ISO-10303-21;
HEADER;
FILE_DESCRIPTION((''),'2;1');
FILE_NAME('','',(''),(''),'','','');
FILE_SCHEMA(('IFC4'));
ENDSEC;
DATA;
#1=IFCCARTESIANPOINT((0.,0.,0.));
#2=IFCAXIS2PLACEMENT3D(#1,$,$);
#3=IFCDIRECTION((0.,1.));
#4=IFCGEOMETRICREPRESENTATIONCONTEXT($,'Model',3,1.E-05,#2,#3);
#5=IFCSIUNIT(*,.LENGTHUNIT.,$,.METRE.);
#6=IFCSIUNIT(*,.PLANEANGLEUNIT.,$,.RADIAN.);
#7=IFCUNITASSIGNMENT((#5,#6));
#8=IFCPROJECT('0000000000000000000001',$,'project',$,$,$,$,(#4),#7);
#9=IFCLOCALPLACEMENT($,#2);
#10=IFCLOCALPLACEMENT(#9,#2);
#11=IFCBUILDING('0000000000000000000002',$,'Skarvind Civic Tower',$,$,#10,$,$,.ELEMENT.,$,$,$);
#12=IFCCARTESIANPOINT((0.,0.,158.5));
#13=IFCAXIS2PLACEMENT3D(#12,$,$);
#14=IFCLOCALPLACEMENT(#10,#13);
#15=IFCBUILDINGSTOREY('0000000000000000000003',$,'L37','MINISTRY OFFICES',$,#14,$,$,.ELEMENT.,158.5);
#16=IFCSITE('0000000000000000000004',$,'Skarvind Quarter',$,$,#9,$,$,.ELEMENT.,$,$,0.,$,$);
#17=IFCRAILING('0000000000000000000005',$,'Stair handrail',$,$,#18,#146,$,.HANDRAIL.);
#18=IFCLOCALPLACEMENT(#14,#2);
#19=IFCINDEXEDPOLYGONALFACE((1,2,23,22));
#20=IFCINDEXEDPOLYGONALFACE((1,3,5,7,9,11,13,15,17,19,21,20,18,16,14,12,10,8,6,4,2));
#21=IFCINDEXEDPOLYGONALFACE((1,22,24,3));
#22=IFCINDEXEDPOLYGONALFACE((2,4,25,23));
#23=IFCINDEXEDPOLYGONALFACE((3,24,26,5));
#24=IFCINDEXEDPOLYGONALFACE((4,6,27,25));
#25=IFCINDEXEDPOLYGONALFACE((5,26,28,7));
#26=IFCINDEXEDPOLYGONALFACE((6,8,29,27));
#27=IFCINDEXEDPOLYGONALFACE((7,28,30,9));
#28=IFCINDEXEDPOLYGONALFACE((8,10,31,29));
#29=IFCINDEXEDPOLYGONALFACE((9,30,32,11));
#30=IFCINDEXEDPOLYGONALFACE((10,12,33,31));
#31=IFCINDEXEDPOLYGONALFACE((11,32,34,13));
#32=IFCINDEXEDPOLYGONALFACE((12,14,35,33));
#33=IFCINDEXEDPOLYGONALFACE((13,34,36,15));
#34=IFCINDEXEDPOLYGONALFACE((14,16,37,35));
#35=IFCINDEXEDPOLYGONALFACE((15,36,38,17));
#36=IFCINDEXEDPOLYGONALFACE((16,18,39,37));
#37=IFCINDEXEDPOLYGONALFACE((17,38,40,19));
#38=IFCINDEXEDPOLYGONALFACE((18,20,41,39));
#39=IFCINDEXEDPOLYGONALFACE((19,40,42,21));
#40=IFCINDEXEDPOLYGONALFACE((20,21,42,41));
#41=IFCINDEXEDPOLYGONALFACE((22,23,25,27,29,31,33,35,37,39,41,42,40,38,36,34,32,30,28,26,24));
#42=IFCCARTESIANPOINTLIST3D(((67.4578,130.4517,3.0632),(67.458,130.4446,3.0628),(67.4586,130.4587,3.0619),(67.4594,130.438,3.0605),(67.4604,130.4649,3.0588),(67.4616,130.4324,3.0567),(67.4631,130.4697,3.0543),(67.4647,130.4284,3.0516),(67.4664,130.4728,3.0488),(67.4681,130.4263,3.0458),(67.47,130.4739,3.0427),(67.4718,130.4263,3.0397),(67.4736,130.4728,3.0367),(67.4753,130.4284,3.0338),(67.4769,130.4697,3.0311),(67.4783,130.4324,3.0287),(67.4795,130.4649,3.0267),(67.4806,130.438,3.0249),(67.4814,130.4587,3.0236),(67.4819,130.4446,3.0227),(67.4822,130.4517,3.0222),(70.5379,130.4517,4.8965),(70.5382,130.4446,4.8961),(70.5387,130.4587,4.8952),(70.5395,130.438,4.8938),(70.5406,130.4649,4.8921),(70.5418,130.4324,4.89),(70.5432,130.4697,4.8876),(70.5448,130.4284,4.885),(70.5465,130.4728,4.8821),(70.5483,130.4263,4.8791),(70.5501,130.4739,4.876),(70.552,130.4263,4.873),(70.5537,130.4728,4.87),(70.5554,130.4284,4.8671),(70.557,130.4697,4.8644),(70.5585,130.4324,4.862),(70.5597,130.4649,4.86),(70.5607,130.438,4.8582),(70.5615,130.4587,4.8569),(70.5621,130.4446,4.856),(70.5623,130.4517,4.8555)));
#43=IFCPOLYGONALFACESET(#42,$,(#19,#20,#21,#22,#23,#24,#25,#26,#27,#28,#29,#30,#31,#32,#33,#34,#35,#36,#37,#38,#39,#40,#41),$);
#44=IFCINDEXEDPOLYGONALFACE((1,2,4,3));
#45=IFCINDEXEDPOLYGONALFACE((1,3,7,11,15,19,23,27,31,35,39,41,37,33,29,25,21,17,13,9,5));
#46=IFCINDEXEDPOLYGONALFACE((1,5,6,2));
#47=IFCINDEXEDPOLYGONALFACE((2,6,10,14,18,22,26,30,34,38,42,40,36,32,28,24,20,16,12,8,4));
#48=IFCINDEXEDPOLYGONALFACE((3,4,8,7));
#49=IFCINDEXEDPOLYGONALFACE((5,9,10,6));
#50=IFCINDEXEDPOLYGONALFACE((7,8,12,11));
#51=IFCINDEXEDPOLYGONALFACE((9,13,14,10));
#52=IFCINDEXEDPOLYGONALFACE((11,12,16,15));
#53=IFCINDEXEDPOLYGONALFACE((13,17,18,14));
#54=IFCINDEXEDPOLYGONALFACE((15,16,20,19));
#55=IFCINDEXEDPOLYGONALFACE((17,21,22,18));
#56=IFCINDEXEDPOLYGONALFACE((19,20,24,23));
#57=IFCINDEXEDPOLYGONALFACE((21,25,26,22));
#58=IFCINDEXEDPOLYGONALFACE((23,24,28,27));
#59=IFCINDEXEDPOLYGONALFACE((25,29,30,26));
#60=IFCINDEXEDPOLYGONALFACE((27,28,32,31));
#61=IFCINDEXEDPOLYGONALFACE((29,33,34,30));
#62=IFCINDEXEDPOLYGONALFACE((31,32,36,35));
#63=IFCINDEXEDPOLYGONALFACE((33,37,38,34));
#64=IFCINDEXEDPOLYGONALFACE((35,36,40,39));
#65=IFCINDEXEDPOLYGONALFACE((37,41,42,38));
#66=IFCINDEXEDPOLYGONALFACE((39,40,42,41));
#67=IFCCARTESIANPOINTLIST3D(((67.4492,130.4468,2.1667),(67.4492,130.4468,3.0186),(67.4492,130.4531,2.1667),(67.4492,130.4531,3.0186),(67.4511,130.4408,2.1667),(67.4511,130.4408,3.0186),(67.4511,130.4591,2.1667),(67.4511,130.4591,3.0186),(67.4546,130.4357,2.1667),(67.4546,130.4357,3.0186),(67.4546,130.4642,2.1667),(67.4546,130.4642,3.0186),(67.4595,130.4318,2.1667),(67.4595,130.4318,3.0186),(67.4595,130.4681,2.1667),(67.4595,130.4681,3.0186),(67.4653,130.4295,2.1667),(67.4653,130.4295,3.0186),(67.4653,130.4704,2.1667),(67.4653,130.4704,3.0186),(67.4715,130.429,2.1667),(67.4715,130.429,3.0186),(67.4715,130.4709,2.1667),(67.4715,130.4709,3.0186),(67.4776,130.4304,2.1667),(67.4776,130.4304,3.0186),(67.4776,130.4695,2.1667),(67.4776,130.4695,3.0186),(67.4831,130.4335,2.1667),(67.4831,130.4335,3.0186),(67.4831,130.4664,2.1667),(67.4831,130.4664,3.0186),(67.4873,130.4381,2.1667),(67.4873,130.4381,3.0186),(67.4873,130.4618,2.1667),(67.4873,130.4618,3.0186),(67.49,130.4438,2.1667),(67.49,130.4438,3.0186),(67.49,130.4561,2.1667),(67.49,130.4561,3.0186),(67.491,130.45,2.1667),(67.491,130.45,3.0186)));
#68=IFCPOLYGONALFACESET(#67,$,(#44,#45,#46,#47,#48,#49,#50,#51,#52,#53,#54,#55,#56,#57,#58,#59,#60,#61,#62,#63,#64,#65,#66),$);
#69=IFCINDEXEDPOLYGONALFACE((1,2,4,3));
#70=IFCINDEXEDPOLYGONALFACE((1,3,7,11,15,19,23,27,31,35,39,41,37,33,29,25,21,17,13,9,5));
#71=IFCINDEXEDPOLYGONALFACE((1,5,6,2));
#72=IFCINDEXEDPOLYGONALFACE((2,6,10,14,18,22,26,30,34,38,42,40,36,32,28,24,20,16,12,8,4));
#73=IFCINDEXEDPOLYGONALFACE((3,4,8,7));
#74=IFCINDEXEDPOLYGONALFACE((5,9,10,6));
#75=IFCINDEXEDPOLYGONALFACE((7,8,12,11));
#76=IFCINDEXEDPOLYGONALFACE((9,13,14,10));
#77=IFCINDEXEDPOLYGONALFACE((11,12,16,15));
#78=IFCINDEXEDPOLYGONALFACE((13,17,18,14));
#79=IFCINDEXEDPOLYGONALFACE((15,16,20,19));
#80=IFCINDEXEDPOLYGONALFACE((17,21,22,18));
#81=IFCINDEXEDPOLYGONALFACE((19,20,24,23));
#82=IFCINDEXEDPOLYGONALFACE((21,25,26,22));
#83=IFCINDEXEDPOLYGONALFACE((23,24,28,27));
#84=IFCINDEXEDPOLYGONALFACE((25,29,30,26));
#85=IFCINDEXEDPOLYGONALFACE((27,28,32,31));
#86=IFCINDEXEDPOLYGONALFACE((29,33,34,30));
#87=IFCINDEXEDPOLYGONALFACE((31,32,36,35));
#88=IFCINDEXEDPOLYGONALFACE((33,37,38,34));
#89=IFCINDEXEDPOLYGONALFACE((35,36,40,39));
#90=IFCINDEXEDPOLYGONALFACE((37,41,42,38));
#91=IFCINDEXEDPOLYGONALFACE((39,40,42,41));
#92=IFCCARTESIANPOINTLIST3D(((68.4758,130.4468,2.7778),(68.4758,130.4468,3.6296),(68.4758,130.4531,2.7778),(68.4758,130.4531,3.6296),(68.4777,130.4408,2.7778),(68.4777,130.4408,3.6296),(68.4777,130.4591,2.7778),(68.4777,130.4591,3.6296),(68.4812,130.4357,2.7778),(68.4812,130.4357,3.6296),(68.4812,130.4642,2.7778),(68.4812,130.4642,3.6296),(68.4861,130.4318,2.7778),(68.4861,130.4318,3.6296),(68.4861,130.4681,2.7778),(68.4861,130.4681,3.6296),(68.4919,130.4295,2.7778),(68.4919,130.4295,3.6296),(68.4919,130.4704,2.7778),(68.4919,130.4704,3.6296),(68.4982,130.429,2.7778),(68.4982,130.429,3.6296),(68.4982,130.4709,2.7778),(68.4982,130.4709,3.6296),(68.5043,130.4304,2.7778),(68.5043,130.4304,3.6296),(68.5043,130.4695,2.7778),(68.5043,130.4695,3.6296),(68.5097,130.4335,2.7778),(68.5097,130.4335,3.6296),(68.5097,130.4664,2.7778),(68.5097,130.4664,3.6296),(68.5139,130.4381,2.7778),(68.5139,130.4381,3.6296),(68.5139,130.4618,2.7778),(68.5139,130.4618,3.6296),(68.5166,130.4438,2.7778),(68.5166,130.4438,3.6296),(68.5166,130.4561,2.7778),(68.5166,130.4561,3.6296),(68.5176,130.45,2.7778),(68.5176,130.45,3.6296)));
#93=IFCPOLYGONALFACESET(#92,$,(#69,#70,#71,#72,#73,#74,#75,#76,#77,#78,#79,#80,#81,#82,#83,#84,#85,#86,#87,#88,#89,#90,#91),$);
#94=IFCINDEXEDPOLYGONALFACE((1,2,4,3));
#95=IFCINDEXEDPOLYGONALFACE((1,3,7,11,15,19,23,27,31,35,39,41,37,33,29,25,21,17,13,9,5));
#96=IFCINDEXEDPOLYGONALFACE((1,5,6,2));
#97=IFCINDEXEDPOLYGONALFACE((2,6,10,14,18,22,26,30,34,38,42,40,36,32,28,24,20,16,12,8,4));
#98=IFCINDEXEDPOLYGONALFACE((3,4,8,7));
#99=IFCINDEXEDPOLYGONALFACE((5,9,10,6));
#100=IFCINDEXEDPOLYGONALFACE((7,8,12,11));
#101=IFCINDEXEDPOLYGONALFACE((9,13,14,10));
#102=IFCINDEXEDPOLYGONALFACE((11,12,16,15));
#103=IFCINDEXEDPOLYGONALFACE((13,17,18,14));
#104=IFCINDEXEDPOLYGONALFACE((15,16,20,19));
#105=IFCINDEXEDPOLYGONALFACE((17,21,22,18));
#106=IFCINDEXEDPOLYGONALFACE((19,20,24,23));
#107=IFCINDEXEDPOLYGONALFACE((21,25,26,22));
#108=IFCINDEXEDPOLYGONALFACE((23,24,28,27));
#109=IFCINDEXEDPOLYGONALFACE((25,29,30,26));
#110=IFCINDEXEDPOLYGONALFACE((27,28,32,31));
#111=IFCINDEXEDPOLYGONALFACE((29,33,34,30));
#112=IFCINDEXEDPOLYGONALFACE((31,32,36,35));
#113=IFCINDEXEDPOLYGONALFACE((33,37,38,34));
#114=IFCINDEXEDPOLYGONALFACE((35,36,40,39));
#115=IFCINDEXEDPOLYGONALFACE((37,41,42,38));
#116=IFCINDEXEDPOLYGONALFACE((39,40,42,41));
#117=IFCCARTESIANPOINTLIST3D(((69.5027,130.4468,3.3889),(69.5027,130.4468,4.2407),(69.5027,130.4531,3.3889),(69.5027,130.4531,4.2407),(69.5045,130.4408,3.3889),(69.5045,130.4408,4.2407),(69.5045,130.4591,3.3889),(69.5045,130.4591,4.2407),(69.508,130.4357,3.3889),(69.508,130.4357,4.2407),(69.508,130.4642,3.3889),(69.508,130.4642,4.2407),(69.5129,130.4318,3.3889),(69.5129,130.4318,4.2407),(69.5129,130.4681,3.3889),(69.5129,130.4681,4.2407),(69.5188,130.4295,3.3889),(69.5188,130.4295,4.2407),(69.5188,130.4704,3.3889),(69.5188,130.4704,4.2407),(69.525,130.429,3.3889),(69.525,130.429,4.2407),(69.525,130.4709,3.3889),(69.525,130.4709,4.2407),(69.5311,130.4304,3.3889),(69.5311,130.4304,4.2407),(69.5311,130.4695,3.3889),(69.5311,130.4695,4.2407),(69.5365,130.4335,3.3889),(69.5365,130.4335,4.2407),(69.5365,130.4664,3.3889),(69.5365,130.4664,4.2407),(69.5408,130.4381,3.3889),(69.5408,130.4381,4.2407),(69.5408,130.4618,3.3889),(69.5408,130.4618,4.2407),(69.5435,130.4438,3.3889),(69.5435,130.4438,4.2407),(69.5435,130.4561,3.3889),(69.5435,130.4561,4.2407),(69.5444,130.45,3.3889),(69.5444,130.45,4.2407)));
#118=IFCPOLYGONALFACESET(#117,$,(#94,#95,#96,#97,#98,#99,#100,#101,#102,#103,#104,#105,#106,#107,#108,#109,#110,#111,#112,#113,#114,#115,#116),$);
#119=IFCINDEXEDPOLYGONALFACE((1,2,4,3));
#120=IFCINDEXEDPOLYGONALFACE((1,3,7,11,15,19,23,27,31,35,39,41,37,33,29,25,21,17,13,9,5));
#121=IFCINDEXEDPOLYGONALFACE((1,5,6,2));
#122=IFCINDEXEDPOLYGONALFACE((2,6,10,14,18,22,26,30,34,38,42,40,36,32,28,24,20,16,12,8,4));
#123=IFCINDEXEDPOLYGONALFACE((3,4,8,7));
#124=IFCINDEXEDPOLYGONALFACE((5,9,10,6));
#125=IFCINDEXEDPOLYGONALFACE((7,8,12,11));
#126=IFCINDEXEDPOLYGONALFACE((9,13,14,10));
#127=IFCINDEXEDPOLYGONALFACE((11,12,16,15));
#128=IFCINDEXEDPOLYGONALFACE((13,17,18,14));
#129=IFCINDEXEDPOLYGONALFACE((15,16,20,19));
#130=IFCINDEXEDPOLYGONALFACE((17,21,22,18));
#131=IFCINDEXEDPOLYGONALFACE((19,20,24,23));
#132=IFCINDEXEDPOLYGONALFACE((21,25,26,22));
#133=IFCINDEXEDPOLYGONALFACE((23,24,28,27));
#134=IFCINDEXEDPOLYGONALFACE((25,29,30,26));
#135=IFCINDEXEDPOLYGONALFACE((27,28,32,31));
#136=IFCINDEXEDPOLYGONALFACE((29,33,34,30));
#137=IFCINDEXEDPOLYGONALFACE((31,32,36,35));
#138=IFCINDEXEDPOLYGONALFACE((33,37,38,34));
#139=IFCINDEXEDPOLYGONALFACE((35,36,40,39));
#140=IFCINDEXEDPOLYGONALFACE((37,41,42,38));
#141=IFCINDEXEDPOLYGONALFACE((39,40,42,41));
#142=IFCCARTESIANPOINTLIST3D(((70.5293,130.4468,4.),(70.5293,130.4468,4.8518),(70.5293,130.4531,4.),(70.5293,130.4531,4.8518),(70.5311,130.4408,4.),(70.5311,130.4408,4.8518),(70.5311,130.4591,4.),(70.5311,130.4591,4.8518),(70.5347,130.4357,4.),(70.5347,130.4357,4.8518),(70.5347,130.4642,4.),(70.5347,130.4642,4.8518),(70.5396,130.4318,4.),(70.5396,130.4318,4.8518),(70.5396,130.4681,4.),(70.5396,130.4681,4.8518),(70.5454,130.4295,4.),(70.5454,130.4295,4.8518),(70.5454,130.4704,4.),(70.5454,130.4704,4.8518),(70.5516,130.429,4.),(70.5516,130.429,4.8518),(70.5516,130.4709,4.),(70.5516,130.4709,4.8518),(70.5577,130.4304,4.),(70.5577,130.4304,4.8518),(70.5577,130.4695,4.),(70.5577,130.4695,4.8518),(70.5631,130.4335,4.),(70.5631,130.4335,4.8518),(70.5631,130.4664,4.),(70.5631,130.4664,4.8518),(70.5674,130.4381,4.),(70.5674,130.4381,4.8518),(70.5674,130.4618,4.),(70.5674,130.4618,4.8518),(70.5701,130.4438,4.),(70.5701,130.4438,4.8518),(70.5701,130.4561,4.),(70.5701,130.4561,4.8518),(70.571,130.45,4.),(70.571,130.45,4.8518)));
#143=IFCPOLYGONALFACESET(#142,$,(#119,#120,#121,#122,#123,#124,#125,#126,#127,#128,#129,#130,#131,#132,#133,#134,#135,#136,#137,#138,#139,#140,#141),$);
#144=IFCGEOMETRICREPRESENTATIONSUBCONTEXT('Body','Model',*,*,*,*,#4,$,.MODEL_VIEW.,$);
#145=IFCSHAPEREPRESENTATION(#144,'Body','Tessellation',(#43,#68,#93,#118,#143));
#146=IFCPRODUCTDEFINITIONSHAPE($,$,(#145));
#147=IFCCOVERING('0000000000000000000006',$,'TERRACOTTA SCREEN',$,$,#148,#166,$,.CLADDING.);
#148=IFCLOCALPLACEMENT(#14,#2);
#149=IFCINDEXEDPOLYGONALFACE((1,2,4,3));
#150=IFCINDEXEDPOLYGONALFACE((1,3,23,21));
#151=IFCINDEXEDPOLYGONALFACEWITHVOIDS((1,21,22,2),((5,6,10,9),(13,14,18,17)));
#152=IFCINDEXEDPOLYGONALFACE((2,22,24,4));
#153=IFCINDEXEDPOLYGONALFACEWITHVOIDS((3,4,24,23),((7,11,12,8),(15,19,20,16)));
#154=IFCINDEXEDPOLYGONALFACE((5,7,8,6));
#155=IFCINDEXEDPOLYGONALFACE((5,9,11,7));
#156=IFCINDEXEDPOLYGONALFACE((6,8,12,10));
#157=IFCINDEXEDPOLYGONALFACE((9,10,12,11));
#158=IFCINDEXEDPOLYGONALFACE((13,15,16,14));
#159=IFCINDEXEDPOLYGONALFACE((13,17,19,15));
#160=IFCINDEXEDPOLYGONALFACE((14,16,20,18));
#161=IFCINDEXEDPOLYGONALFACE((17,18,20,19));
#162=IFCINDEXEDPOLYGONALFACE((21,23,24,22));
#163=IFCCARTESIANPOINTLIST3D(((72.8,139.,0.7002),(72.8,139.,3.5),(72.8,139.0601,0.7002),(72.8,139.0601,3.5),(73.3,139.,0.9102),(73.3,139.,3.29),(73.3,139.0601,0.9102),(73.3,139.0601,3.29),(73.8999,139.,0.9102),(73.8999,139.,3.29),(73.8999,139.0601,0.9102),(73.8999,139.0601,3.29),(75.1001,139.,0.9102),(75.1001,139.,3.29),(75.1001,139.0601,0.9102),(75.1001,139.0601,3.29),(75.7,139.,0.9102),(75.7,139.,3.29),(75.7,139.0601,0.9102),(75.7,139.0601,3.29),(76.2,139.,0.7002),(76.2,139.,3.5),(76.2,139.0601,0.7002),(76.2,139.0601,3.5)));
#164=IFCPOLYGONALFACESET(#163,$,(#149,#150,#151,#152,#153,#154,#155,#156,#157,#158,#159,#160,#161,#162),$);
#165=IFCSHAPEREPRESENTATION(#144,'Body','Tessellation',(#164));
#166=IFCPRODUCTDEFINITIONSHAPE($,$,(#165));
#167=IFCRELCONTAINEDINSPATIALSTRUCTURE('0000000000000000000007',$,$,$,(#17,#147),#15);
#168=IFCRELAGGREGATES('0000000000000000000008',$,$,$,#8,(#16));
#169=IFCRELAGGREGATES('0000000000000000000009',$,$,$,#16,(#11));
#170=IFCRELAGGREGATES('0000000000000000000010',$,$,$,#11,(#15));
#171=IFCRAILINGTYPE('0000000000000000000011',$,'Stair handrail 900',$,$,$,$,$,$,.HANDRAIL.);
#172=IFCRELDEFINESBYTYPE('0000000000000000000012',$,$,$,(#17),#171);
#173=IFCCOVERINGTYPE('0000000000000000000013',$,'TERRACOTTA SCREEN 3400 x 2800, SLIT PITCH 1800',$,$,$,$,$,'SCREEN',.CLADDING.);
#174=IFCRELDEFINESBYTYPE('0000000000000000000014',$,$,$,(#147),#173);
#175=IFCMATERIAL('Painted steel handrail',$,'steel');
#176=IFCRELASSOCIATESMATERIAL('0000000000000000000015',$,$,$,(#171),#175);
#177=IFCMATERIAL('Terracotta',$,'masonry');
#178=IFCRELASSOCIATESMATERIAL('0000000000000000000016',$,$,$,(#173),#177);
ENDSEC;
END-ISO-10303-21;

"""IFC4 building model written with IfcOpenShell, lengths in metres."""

from ifc_helpers import new_model, si_unit, direction, frame, origin, origin_2d, place, context, subcontext, project, spatial, polyline, circle, outline, extrude, material, material_profile, profile_set, type_object, element, save


model = new_model("IFC4")

# Units and contexts
model_context = context("Model", 3, precision=1e-05, world=origin(), true_north=direction((0.0, 1.0)))
body_context = subcontext(model_context, "Body", "Model", "MODEL_VIEW")
ifc_project = project(units=[si_unit("LENGTHUNIT", "METRE"), si_unit("PLANEANGLEUNIT", "RADIAN")], contexts=[model_context])

# Site, building, storey
site_placement = place(None, origin())
site = spatial("IfcSite", under=ifc_project, at=site_placement, Name="Skarvind Quarter", CompositionType="ELEMENT", RefElevation=0.0)
building_placement = place(site_placement, origin())
building = spatial("IfcBuilding", under=site, at=building_placement, Name="Skarvind Civic Tower", CompositionType="ELEMENT")
storey_placement = place(building_placement, frame((0.0, 0.0, 158.5)))
storey = spatial("IfcBuildingStorey", under=building, at=storey_placement, Name="L37", Description="MINISTRY OFFICES", CompositionType="ELEMENT", Elevation=158.5)

# Railing
ifc_material_1 = material(Name="Painted steel handrail", Category="steel")
railing_type = type_object("IfcRailingType", Name="Stair handrail 900", PredefinedType="HANDRAIL", material=ifc_material_1)
railing_1_placement = place(storey_placement, frame((67.47, 130.45, 2.1667)))
element("IfcRailing", 1, at=railing_1_placement, inside=storey, type_object=railing_type, Name="Stair handrail", PredefinedType="HANDRAIL", context=body_context, shape_type="SweptSolid", body=[
    extrude(circle(Radius=0.0239, at=origin_2d()), frame((0.0, 0.0, 0.876), z_axis=(0.859309, 0.0, 0.511458), x_axis=(0.0, 1.0, 0.0)), (0.0, 0.0, 1.0), 3.5845),
    extrude(circle(Radius=0.021, at=origin_2d()), origin(), (0.0, 0.0, 1.0), 0.8518),
    extrude(circle(Radius=0.021, at=origin_2d()), frame((1.0266, 0.0, 0.6111)), (0.0, 0.0, 1.0), 0.8518),
    extrude(circle(Radius=0.021, at=origin_2d()), frame((2.0535, 0.0, 1.2222)), (0.0, 0.0, 1.0), 0.8518),
    extrude(circle(Radius=0.021, at=origin_2d()), frame((3.0801, 0.0, 1.8333)), (0.0, 0.0, 1.0), 0.8518),
])

# Covering
ifc_material_2 = material(Name="Terracotta", Category="masonry")
ifc_material_profile_1 = material_profile(ifc_material_2, outline(polyline([(-1.7, -1.3999), (1.7, -1.3999), (1.7, 1.3999), (-1.7, 1.3999), (-1.7, -1.3999)]), holes=[polyline([(-1.2, -1.1899), (-0.6001, -1.1899), (-0.6001, 1.1899), (-1.2, 1.1899), (-1.2, -1.1899)]), polyline([(0.6001, -1.1899), (1.2, -1.1899), (1.2, 1.1899), (0.6001, 1.1899), (0.6001, -1.1899)])]), Name="TERRACOTTA SCREEN 3400 x 2800, SLIT PITCH 1800")
ifc_profile_set_1 = profile_set([ifc_material_profile_1], Name="Terracotta")
covering_type = type_object("IfcCoveringType", Name="TERRACOTTA SCREEN 3400 x 2800, SLIT PITCH 1800", ElementType="SCREEN", PredefinedType="CLADDING", material=ifc_profile_set_1)
covering_placement = place(storey_placement, frame((74.5, 139.0, 2.1001), z_axis=(0.0, 1.0, 0.0), x_axis=(-1.0, 0.0, 0.0)))
element("IfcCovering", 2, at=covering_placement, inside=storey, type_object=covering_type, Name="TERRACOTTA SCREEN", PredefinedType="CLADDING", context=body_context, shape_type="SweptSolid", body=[
    extrude(outline(polyline([(-1.7, -1.3999), (1.7, -1.3999), (1.7, 1.3999), (-1.7, 1.3999), (-1.7, -1.3999)]), holes=[polyline([(-1.2, -1.1899), (-0.6001, -1.1899), (-0.6001, 1.1899), (-1.2, 1.1899), (-1.2, -1.1899)]), polyline([(0.6001, -1.1899), (1.2, -1.1899), (1.2, 1.1899), (0.6001, 1.1899), (0.6001, -1.1899)])]), origin(), (0.0, 0.0, 1.0), 0.0601),
])

save(model, "model.ifc")
